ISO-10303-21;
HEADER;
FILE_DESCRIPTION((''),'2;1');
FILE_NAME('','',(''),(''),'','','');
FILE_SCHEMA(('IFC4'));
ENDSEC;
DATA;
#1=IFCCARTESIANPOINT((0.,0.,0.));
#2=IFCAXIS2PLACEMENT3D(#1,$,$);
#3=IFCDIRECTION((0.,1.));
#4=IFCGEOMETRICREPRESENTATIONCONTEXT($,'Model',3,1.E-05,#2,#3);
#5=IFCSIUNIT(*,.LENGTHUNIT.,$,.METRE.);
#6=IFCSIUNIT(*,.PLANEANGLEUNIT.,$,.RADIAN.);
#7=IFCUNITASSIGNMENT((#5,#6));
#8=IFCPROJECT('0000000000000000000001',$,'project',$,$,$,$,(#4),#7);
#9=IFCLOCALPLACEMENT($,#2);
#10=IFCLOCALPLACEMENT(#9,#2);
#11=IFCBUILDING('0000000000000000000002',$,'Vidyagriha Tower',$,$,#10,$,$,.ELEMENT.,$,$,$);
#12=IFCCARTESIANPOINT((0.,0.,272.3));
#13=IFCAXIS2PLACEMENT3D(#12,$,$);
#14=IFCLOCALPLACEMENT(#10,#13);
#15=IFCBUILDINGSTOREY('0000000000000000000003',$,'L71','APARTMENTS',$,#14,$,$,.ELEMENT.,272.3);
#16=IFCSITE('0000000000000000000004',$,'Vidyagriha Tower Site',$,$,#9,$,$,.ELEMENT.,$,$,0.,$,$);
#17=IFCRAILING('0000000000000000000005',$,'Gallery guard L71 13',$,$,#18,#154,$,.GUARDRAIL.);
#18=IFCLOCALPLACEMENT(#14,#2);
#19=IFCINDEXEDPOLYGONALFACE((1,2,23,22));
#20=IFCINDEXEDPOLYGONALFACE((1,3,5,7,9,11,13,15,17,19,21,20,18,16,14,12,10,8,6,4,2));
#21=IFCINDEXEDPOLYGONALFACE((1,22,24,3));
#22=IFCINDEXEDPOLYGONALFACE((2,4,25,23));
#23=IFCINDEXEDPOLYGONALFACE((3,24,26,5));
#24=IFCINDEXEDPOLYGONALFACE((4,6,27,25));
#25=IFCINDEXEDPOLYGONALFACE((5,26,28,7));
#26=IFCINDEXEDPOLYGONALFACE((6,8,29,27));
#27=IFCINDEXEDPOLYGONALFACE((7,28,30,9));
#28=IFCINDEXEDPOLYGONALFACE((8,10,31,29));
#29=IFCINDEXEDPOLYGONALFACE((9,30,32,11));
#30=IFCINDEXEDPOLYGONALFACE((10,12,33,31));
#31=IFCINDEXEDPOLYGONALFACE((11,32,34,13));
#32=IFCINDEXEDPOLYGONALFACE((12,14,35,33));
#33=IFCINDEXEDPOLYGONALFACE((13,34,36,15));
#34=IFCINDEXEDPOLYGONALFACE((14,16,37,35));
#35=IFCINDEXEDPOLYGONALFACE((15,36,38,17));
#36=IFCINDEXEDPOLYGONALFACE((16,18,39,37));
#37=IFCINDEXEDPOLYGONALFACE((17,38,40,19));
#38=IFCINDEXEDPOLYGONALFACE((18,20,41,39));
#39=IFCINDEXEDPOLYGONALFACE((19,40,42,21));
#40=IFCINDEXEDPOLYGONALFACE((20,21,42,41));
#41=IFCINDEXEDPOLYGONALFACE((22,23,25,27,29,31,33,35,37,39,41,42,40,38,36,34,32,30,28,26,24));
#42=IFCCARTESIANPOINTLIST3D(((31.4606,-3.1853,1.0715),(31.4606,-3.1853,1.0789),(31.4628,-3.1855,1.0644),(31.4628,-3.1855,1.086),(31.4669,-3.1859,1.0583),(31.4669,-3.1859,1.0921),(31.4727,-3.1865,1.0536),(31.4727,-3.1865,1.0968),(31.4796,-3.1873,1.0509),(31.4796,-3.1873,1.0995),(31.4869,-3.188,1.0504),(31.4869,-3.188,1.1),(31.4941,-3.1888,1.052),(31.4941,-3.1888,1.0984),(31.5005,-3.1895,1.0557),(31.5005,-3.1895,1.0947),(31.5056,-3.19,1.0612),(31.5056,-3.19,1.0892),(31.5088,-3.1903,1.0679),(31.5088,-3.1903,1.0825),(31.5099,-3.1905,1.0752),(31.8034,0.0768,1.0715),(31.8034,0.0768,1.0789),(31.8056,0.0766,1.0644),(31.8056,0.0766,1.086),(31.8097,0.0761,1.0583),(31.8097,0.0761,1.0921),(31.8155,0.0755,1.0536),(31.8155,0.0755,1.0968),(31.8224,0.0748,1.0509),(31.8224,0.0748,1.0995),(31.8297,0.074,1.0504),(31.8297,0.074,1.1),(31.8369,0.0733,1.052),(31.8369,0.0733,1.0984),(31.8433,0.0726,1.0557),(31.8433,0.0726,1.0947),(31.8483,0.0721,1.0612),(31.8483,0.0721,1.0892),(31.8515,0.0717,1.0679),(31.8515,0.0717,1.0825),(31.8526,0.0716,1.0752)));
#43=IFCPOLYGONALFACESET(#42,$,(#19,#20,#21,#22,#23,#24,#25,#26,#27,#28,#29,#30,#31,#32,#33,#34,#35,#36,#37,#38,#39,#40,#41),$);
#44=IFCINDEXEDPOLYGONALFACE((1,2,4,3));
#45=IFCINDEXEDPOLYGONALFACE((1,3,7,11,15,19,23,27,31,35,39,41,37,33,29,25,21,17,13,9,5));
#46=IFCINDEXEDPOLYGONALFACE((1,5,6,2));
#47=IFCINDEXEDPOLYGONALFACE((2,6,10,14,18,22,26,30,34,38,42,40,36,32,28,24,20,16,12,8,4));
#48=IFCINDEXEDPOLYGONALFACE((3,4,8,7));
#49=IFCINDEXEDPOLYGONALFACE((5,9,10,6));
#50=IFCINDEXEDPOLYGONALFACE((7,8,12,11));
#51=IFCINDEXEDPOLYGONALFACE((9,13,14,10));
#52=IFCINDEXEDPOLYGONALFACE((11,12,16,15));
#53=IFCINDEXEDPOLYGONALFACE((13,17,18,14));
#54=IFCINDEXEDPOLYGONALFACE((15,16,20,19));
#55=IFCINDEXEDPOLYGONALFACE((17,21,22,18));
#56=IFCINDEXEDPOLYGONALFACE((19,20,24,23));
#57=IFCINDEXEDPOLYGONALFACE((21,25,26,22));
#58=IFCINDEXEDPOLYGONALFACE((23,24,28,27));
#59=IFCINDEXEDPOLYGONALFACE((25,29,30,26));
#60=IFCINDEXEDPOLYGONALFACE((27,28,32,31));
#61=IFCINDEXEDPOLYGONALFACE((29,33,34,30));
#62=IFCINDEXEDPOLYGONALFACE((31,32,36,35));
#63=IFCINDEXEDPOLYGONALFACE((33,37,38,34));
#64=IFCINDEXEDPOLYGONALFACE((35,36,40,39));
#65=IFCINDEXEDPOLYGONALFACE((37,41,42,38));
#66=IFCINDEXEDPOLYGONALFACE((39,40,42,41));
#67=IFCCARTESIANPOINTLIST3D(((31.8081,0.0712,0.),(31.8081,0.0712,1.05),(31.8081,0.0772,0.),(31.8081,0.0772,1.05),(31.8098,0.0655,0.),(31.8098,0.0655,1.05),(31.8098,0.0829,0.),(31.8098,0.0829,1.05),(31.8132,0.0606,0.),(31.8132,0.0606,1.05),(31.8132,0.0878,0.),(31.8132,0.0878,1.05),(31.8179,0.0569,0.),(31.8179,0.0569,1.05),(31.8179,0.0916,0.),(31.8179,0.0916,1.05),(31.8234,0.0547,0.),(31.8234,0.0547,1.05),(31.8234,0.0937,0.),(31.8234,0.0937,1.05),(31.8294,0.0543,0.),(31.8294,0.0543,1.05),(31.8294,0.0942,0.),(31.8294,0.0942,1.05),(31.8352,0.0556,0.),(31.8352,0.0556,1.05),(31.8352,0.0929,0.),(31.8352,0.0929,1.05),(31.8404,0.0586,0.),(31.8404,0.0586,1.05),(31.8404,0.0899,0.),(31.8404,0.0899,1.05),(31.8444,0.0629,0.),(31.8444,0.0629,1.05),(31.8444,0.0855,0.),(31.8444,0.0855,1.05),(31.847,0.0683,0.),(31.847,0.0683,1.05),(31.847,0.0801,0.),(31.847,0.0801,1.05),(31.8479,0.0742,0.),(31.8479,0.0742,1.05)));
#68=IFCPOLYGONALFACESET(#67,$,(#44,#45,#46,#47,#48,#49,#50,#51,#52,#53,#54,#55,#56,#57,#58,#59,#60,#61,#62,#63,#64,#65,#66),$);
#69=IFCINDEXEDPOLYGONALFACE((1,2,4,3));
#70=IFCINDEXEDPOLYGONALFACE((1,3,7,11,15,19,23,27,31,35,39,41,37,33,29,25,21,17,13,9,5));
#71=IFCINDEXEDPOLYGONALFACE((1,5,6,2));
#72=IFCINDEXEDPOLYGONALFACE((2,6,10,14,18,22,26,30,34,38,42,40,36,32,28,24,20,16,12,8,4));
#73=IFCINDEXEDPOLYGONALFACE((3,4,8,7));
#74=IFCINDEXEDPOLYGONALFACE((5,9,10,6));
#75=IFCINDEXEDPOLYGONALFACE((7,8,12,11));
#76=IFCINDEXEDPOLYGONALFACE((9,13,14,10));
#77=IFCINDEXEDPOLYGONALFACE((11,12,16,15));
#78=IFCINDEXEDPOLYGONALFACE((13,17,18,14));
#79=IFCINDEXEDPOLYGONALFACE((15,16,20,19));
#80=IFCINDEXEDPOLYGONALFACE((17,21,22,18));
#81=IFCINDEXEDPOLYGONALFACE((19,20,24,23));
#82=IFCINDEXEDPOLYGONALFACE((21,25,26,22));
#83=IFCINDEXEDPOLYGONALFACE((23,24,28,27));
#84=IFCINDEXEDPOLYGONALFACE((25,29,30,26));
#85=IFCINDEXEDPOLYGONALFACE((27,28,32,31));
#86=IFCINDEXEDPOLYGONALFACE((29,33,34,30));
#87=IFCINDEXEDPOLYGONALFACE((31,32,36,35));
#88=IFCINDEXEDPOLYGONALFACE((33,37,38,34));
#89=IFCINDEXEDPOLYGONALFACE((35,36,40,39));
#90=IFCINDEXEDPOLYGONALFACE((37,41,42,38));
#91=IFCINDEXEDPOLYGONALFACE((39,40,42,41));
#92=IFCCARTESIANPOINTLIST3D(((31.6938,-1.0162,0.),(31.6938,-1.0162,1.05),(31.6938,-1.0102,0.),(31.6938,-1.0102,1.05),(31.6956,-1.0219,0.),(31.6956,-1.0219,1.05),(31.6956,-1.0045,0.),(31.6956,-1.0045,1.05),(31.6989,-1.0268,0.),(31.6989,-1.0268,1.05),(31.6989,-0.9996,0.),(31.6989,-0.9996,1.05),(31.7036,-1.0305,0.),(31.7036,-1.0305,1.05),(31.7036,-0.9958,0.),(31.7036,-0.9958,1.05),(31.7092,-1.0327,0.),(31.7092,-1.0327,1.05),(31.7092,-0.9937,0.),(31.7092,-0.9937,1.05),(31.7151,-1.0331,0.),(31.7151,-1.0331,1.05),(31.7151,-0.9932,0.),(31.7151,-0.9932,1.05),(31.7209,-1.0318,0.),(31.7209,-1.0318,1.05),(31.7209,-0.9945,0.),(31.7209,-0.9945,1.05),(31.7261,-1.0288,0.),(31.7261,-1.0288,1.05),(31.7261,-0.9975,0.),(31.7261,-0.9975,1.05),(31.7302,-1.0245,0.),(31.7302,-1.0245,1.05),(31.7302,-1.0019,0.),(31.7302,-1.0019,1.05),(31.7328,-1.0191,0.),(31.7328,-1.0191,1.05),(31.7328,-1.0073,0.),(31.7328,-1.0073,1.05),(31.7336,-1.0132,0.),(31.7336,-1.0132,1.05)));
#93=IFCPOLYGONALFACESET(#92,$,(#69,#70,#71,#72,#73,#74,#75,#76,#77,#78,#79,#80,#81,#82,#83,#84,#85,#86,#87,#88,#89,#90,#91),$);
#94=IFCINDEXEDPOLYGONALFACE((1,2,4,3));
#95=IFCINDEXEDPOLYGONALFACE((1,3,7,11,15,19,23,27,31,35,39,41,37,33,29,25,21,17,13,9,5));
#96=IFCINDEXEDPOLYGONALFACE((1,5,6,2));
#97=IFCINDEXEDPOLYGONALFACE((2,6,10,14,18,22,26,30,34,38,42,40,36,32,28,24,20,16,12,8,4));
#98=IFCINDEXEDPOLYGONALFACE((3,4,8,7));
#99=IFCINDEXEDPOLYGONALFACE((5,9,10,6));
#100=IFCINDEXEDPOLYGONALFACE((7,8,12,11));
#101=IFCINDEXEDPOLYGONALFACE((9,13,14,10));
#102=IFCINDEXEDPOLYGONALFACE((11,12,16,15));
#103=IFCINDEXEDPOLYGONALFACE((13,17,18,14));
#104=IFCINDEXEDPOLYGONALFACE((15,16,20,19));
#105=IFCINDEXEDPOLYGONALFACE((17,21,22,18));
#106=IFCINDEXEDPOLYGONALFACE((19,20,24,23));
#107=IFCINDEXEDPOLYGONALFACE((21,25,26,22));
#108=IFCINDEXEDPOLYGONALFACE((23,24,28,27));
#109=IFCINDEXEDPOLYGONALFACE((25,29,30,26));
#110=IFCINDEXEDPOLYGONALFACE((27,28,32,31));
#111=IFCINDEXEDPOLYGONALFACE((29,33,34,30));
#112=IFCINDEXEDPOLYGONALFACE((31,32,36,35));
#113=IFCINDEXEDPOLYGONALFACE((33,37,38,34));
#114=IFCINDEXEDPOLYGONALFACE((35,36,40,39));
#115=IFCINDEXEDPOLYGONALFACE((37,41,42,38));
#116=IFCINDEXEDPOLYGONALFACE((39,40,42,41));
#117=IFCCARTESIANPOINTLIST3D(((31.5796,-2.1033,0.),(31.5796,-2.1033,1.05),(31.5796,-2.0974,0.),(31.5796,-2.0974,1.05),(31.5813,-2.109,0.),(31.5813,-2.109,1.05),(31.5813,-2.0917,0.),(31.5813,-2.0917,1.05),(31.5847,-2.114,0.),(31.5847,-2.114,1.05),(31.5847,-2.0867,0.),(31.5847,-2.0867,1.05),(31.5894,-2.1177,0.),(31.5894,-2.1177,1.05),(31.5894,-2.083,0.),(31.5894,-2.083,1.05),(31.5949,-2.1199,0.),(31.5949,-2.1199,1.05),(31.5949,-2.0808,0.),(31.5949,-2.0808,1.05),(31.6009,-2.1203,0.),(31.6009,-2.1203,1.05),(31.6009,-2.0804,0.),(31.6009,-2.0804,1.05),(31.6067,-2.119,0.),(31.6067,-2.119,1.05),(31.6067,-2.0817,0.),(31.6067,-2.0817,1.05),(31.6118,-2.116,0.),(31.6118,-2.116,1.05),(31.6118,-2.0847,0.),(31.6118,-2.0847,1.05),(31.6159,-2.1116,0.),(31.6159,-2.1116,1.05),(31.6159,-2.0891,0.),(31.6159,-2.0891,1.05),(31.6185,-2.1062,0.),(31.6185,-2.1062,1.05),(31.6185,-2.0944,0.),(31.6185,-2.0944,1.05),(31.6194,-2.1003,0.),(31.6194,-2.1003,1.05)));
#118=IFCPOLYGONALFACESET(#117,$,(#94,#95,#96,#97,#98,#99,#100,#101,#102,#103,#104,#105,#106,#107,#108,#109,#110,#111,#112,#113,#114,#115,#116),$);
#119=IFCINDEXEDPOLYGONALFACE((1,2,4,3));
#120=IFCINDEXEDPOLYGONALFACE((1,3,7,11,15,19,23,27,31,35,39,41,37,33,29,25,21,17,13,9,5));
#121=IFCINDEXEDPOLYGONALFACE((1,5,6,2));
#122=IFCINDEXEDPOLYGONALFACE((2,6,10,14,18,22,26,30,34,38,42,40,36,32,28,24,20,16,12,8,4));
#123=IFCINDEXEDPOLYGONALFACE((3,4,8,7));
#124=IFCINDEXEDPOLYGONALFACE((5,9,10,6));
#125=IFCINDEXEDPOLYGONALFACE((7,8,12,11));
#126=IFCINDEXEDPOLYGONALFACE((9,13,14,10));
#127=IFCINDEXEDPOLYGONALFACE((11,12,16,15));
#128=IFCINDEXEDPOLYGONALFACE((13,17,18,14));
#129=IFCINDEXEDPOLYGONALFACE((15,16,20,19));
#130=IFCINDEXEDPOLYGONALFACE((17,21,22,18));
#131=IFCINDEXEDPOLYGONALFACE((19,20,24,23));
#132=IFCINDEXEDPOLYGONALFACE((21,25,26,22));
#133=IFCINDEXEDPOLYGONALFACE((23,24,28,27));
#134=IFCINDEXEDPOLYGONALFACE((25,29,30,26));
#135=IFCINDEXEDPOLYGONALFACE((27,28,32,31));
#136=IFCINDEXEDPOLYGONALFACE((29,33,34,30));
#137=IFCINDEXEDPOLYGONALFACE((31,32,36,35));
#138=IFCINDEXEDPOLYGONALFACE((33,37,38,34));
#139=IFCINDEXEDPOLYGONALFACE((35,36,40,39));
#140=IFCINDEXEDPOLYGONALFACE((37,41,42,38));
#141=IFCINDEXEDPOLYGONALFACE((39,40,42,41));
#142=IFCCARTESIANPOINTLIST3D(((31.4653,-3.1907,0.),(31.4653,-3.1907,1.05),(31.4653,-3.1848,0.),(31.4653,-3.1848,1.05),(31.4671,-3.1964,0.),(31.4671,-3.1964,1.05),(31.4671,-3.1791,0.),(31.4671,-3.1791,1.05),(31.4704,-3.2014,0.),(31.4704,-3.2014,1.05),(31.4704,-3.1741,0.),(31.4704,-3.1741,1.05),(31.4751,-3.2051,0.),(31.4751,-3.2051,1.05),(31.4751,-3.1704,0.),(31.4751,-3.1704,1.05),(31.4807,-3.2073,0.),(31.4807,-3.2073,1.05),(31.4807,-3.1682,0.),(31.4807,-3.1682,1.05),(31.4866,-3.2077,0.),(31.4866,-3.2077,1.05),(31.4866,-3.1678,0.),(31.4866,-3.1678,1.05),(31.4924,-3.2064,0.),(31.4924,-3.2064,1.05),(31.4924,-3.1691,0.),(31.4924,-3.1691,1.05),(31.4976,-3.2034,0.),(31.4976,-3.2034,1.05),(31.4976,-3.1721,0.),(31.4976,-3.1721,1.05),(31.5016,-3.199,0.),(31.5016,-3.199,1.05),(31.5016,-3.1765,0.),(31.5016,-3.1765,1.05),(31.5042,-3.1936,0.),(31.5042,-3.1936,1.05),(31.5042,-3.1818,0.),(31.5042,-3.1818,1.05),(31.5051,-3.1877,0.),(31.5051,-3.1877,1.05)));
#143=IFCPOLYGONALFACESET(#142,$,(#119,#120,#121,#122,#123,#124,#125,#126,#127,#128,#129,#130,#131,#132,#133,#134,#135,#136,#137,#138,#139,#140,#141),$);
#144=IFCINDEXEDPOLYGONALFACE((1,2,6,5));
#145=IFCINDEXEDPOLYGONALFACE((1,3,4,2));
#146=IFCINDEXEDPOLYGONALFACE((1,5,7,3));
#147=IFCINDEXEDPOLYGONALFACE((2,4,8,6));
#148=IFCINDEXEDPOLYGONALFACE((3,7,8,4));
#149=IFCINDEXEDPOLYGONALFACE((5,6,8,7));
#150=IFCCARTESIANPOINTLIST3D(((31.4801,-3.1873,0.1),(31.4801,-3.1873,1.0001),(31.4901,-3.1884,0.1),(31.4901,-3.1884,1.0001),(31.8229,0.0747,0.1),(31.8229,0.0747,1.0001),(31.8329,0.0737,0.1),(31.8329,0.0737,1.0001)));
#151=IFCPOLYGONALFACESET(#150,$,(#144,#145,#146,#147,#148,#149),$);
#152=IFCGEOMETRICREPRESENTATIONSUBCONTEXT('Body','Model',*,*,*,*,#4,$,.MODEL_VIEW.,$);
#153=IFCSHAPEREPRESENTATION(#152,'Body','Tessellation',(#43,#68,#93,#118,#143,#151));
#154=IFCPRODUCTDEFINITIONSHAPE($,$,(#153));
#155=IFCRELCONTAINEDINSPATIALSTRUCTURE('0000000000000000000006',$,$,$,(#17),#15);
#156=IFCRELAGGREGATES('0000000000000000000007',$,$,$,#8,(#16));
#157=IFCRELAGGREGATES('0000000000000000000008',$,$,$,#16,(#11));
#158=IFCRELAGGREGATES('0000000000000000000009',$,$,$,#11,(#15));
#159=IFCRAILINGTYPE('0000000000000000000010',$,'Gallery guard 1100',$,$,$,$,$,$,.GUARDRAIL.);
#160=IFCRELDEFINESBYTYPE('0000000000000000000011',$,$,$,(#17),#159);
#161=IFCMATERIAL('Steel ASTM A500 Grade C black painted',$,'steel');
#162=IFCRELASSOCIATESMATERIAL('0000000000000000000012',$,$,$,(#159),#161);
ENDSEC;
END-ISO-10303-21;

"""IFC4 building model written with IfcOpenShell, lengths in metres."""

from ifc_helpers import new_model, si_unit, direction, frame, origin, origin_2d, place, context, subcontext, project, spatial, rectangle, circle, extrude, material, type_object, element, save


model = new_model("IFC4")

# Units and contexts
model_context = context("Model", 3, precision=1e-05, world=origin(), true_north=direction((0.0, 1.0)))
body_context = subcontext(model_context, "Body", "Model", "MODEL_VIEW")
ifc_project = project(units=[si_unit("LENGTHUNIT", "METRE"), si_unit("PLANEANGLEUNIT", "RADIAN")], contexts=[model_context])

# Site, building, storey
site_placement = place(None, origin())
site = spatial("IfcSite", under=ifc_project, at=site_placement, Name="Vidyagriha Tower Site", CompositionType="ELEMENT", RefElevation=0.0)
building_placement = place(site_placement, origin())
building = spatial("IfcBuilding", under=site, at=building_placement, Name="Vidyagriha Tower", CompositionType="ELEMENT")
storey_placement = place(building_placement, frame((0.0, 0.0, 272.3)))
storey = spatial("IfcBuildingStorey", under=building, at=storey_placement, Name="L71", Description="APARTMENTS", CompositionType="ELEMENT", Elevation=272.3)

# Railing
ifc_material_1 = material(Name="Steel ASTM A500 Grade C black painted", Category="steel")
railing_type_1 = type_object("IfcRailingType", Name="Gallery guard 1100", PredefinedType="GUARDRAIL", material=ifc_material_1)
railing_1_placement = place(storey_placement, frame((31.8279, 0.0742, 0.0)))
element("IfcRailing", 1, at=railing_1_placement, inside=storey, type_object=railing_type_1, Name="Gallery guard L71 13", PredefinedType="GUARDRAIL", context=body_context, shape_type="SweptSolid", body=[
    extrude(circle(Radius=0.0249, at=origin_2d()), frame((0.0, 0.0, 1.0752), z_axis=(-0.104507, -0.994524, 0.0), x_axis=(0.994524, -0.104507, 0.0)), (0.0, 0.0, 1.0), 3.28),
    extrude(circle(Radius=0.02, at=origin_2d()), origin(), (0.0, 0.0, 1.0), 1.05),
    extrude(circle(Radius=0.02, at=origin_2d()), frame((-0.1143, -1.0874, 0.0)), (0.0, 0.0, 1.0), 1.05),
    extrude(circle(Radius=0.02, at=origin_2d()), frame((-0.2285, -2.1746, 0.0)), (0.0, 0.0, 1.0), 1.05),
    extrude(circle(Radius=0.02, at=origin_2d()), frame((-0.3428, -3.262, 0.0)), (0.0, 0.0, 1.0), 1.05),
    extrude(rectangle(XDim=0.01, YDim=0.9001, at=origin_2d()), frame((0.0, 0.0, 0.55), z_axis=(-0.104507, -0.994524, 0.0), x_axis=(0.994524, -0.104507, 0.0)), (0.0, 0.0, 1.0), 3.28),
])

save(model, "model.ifc")
